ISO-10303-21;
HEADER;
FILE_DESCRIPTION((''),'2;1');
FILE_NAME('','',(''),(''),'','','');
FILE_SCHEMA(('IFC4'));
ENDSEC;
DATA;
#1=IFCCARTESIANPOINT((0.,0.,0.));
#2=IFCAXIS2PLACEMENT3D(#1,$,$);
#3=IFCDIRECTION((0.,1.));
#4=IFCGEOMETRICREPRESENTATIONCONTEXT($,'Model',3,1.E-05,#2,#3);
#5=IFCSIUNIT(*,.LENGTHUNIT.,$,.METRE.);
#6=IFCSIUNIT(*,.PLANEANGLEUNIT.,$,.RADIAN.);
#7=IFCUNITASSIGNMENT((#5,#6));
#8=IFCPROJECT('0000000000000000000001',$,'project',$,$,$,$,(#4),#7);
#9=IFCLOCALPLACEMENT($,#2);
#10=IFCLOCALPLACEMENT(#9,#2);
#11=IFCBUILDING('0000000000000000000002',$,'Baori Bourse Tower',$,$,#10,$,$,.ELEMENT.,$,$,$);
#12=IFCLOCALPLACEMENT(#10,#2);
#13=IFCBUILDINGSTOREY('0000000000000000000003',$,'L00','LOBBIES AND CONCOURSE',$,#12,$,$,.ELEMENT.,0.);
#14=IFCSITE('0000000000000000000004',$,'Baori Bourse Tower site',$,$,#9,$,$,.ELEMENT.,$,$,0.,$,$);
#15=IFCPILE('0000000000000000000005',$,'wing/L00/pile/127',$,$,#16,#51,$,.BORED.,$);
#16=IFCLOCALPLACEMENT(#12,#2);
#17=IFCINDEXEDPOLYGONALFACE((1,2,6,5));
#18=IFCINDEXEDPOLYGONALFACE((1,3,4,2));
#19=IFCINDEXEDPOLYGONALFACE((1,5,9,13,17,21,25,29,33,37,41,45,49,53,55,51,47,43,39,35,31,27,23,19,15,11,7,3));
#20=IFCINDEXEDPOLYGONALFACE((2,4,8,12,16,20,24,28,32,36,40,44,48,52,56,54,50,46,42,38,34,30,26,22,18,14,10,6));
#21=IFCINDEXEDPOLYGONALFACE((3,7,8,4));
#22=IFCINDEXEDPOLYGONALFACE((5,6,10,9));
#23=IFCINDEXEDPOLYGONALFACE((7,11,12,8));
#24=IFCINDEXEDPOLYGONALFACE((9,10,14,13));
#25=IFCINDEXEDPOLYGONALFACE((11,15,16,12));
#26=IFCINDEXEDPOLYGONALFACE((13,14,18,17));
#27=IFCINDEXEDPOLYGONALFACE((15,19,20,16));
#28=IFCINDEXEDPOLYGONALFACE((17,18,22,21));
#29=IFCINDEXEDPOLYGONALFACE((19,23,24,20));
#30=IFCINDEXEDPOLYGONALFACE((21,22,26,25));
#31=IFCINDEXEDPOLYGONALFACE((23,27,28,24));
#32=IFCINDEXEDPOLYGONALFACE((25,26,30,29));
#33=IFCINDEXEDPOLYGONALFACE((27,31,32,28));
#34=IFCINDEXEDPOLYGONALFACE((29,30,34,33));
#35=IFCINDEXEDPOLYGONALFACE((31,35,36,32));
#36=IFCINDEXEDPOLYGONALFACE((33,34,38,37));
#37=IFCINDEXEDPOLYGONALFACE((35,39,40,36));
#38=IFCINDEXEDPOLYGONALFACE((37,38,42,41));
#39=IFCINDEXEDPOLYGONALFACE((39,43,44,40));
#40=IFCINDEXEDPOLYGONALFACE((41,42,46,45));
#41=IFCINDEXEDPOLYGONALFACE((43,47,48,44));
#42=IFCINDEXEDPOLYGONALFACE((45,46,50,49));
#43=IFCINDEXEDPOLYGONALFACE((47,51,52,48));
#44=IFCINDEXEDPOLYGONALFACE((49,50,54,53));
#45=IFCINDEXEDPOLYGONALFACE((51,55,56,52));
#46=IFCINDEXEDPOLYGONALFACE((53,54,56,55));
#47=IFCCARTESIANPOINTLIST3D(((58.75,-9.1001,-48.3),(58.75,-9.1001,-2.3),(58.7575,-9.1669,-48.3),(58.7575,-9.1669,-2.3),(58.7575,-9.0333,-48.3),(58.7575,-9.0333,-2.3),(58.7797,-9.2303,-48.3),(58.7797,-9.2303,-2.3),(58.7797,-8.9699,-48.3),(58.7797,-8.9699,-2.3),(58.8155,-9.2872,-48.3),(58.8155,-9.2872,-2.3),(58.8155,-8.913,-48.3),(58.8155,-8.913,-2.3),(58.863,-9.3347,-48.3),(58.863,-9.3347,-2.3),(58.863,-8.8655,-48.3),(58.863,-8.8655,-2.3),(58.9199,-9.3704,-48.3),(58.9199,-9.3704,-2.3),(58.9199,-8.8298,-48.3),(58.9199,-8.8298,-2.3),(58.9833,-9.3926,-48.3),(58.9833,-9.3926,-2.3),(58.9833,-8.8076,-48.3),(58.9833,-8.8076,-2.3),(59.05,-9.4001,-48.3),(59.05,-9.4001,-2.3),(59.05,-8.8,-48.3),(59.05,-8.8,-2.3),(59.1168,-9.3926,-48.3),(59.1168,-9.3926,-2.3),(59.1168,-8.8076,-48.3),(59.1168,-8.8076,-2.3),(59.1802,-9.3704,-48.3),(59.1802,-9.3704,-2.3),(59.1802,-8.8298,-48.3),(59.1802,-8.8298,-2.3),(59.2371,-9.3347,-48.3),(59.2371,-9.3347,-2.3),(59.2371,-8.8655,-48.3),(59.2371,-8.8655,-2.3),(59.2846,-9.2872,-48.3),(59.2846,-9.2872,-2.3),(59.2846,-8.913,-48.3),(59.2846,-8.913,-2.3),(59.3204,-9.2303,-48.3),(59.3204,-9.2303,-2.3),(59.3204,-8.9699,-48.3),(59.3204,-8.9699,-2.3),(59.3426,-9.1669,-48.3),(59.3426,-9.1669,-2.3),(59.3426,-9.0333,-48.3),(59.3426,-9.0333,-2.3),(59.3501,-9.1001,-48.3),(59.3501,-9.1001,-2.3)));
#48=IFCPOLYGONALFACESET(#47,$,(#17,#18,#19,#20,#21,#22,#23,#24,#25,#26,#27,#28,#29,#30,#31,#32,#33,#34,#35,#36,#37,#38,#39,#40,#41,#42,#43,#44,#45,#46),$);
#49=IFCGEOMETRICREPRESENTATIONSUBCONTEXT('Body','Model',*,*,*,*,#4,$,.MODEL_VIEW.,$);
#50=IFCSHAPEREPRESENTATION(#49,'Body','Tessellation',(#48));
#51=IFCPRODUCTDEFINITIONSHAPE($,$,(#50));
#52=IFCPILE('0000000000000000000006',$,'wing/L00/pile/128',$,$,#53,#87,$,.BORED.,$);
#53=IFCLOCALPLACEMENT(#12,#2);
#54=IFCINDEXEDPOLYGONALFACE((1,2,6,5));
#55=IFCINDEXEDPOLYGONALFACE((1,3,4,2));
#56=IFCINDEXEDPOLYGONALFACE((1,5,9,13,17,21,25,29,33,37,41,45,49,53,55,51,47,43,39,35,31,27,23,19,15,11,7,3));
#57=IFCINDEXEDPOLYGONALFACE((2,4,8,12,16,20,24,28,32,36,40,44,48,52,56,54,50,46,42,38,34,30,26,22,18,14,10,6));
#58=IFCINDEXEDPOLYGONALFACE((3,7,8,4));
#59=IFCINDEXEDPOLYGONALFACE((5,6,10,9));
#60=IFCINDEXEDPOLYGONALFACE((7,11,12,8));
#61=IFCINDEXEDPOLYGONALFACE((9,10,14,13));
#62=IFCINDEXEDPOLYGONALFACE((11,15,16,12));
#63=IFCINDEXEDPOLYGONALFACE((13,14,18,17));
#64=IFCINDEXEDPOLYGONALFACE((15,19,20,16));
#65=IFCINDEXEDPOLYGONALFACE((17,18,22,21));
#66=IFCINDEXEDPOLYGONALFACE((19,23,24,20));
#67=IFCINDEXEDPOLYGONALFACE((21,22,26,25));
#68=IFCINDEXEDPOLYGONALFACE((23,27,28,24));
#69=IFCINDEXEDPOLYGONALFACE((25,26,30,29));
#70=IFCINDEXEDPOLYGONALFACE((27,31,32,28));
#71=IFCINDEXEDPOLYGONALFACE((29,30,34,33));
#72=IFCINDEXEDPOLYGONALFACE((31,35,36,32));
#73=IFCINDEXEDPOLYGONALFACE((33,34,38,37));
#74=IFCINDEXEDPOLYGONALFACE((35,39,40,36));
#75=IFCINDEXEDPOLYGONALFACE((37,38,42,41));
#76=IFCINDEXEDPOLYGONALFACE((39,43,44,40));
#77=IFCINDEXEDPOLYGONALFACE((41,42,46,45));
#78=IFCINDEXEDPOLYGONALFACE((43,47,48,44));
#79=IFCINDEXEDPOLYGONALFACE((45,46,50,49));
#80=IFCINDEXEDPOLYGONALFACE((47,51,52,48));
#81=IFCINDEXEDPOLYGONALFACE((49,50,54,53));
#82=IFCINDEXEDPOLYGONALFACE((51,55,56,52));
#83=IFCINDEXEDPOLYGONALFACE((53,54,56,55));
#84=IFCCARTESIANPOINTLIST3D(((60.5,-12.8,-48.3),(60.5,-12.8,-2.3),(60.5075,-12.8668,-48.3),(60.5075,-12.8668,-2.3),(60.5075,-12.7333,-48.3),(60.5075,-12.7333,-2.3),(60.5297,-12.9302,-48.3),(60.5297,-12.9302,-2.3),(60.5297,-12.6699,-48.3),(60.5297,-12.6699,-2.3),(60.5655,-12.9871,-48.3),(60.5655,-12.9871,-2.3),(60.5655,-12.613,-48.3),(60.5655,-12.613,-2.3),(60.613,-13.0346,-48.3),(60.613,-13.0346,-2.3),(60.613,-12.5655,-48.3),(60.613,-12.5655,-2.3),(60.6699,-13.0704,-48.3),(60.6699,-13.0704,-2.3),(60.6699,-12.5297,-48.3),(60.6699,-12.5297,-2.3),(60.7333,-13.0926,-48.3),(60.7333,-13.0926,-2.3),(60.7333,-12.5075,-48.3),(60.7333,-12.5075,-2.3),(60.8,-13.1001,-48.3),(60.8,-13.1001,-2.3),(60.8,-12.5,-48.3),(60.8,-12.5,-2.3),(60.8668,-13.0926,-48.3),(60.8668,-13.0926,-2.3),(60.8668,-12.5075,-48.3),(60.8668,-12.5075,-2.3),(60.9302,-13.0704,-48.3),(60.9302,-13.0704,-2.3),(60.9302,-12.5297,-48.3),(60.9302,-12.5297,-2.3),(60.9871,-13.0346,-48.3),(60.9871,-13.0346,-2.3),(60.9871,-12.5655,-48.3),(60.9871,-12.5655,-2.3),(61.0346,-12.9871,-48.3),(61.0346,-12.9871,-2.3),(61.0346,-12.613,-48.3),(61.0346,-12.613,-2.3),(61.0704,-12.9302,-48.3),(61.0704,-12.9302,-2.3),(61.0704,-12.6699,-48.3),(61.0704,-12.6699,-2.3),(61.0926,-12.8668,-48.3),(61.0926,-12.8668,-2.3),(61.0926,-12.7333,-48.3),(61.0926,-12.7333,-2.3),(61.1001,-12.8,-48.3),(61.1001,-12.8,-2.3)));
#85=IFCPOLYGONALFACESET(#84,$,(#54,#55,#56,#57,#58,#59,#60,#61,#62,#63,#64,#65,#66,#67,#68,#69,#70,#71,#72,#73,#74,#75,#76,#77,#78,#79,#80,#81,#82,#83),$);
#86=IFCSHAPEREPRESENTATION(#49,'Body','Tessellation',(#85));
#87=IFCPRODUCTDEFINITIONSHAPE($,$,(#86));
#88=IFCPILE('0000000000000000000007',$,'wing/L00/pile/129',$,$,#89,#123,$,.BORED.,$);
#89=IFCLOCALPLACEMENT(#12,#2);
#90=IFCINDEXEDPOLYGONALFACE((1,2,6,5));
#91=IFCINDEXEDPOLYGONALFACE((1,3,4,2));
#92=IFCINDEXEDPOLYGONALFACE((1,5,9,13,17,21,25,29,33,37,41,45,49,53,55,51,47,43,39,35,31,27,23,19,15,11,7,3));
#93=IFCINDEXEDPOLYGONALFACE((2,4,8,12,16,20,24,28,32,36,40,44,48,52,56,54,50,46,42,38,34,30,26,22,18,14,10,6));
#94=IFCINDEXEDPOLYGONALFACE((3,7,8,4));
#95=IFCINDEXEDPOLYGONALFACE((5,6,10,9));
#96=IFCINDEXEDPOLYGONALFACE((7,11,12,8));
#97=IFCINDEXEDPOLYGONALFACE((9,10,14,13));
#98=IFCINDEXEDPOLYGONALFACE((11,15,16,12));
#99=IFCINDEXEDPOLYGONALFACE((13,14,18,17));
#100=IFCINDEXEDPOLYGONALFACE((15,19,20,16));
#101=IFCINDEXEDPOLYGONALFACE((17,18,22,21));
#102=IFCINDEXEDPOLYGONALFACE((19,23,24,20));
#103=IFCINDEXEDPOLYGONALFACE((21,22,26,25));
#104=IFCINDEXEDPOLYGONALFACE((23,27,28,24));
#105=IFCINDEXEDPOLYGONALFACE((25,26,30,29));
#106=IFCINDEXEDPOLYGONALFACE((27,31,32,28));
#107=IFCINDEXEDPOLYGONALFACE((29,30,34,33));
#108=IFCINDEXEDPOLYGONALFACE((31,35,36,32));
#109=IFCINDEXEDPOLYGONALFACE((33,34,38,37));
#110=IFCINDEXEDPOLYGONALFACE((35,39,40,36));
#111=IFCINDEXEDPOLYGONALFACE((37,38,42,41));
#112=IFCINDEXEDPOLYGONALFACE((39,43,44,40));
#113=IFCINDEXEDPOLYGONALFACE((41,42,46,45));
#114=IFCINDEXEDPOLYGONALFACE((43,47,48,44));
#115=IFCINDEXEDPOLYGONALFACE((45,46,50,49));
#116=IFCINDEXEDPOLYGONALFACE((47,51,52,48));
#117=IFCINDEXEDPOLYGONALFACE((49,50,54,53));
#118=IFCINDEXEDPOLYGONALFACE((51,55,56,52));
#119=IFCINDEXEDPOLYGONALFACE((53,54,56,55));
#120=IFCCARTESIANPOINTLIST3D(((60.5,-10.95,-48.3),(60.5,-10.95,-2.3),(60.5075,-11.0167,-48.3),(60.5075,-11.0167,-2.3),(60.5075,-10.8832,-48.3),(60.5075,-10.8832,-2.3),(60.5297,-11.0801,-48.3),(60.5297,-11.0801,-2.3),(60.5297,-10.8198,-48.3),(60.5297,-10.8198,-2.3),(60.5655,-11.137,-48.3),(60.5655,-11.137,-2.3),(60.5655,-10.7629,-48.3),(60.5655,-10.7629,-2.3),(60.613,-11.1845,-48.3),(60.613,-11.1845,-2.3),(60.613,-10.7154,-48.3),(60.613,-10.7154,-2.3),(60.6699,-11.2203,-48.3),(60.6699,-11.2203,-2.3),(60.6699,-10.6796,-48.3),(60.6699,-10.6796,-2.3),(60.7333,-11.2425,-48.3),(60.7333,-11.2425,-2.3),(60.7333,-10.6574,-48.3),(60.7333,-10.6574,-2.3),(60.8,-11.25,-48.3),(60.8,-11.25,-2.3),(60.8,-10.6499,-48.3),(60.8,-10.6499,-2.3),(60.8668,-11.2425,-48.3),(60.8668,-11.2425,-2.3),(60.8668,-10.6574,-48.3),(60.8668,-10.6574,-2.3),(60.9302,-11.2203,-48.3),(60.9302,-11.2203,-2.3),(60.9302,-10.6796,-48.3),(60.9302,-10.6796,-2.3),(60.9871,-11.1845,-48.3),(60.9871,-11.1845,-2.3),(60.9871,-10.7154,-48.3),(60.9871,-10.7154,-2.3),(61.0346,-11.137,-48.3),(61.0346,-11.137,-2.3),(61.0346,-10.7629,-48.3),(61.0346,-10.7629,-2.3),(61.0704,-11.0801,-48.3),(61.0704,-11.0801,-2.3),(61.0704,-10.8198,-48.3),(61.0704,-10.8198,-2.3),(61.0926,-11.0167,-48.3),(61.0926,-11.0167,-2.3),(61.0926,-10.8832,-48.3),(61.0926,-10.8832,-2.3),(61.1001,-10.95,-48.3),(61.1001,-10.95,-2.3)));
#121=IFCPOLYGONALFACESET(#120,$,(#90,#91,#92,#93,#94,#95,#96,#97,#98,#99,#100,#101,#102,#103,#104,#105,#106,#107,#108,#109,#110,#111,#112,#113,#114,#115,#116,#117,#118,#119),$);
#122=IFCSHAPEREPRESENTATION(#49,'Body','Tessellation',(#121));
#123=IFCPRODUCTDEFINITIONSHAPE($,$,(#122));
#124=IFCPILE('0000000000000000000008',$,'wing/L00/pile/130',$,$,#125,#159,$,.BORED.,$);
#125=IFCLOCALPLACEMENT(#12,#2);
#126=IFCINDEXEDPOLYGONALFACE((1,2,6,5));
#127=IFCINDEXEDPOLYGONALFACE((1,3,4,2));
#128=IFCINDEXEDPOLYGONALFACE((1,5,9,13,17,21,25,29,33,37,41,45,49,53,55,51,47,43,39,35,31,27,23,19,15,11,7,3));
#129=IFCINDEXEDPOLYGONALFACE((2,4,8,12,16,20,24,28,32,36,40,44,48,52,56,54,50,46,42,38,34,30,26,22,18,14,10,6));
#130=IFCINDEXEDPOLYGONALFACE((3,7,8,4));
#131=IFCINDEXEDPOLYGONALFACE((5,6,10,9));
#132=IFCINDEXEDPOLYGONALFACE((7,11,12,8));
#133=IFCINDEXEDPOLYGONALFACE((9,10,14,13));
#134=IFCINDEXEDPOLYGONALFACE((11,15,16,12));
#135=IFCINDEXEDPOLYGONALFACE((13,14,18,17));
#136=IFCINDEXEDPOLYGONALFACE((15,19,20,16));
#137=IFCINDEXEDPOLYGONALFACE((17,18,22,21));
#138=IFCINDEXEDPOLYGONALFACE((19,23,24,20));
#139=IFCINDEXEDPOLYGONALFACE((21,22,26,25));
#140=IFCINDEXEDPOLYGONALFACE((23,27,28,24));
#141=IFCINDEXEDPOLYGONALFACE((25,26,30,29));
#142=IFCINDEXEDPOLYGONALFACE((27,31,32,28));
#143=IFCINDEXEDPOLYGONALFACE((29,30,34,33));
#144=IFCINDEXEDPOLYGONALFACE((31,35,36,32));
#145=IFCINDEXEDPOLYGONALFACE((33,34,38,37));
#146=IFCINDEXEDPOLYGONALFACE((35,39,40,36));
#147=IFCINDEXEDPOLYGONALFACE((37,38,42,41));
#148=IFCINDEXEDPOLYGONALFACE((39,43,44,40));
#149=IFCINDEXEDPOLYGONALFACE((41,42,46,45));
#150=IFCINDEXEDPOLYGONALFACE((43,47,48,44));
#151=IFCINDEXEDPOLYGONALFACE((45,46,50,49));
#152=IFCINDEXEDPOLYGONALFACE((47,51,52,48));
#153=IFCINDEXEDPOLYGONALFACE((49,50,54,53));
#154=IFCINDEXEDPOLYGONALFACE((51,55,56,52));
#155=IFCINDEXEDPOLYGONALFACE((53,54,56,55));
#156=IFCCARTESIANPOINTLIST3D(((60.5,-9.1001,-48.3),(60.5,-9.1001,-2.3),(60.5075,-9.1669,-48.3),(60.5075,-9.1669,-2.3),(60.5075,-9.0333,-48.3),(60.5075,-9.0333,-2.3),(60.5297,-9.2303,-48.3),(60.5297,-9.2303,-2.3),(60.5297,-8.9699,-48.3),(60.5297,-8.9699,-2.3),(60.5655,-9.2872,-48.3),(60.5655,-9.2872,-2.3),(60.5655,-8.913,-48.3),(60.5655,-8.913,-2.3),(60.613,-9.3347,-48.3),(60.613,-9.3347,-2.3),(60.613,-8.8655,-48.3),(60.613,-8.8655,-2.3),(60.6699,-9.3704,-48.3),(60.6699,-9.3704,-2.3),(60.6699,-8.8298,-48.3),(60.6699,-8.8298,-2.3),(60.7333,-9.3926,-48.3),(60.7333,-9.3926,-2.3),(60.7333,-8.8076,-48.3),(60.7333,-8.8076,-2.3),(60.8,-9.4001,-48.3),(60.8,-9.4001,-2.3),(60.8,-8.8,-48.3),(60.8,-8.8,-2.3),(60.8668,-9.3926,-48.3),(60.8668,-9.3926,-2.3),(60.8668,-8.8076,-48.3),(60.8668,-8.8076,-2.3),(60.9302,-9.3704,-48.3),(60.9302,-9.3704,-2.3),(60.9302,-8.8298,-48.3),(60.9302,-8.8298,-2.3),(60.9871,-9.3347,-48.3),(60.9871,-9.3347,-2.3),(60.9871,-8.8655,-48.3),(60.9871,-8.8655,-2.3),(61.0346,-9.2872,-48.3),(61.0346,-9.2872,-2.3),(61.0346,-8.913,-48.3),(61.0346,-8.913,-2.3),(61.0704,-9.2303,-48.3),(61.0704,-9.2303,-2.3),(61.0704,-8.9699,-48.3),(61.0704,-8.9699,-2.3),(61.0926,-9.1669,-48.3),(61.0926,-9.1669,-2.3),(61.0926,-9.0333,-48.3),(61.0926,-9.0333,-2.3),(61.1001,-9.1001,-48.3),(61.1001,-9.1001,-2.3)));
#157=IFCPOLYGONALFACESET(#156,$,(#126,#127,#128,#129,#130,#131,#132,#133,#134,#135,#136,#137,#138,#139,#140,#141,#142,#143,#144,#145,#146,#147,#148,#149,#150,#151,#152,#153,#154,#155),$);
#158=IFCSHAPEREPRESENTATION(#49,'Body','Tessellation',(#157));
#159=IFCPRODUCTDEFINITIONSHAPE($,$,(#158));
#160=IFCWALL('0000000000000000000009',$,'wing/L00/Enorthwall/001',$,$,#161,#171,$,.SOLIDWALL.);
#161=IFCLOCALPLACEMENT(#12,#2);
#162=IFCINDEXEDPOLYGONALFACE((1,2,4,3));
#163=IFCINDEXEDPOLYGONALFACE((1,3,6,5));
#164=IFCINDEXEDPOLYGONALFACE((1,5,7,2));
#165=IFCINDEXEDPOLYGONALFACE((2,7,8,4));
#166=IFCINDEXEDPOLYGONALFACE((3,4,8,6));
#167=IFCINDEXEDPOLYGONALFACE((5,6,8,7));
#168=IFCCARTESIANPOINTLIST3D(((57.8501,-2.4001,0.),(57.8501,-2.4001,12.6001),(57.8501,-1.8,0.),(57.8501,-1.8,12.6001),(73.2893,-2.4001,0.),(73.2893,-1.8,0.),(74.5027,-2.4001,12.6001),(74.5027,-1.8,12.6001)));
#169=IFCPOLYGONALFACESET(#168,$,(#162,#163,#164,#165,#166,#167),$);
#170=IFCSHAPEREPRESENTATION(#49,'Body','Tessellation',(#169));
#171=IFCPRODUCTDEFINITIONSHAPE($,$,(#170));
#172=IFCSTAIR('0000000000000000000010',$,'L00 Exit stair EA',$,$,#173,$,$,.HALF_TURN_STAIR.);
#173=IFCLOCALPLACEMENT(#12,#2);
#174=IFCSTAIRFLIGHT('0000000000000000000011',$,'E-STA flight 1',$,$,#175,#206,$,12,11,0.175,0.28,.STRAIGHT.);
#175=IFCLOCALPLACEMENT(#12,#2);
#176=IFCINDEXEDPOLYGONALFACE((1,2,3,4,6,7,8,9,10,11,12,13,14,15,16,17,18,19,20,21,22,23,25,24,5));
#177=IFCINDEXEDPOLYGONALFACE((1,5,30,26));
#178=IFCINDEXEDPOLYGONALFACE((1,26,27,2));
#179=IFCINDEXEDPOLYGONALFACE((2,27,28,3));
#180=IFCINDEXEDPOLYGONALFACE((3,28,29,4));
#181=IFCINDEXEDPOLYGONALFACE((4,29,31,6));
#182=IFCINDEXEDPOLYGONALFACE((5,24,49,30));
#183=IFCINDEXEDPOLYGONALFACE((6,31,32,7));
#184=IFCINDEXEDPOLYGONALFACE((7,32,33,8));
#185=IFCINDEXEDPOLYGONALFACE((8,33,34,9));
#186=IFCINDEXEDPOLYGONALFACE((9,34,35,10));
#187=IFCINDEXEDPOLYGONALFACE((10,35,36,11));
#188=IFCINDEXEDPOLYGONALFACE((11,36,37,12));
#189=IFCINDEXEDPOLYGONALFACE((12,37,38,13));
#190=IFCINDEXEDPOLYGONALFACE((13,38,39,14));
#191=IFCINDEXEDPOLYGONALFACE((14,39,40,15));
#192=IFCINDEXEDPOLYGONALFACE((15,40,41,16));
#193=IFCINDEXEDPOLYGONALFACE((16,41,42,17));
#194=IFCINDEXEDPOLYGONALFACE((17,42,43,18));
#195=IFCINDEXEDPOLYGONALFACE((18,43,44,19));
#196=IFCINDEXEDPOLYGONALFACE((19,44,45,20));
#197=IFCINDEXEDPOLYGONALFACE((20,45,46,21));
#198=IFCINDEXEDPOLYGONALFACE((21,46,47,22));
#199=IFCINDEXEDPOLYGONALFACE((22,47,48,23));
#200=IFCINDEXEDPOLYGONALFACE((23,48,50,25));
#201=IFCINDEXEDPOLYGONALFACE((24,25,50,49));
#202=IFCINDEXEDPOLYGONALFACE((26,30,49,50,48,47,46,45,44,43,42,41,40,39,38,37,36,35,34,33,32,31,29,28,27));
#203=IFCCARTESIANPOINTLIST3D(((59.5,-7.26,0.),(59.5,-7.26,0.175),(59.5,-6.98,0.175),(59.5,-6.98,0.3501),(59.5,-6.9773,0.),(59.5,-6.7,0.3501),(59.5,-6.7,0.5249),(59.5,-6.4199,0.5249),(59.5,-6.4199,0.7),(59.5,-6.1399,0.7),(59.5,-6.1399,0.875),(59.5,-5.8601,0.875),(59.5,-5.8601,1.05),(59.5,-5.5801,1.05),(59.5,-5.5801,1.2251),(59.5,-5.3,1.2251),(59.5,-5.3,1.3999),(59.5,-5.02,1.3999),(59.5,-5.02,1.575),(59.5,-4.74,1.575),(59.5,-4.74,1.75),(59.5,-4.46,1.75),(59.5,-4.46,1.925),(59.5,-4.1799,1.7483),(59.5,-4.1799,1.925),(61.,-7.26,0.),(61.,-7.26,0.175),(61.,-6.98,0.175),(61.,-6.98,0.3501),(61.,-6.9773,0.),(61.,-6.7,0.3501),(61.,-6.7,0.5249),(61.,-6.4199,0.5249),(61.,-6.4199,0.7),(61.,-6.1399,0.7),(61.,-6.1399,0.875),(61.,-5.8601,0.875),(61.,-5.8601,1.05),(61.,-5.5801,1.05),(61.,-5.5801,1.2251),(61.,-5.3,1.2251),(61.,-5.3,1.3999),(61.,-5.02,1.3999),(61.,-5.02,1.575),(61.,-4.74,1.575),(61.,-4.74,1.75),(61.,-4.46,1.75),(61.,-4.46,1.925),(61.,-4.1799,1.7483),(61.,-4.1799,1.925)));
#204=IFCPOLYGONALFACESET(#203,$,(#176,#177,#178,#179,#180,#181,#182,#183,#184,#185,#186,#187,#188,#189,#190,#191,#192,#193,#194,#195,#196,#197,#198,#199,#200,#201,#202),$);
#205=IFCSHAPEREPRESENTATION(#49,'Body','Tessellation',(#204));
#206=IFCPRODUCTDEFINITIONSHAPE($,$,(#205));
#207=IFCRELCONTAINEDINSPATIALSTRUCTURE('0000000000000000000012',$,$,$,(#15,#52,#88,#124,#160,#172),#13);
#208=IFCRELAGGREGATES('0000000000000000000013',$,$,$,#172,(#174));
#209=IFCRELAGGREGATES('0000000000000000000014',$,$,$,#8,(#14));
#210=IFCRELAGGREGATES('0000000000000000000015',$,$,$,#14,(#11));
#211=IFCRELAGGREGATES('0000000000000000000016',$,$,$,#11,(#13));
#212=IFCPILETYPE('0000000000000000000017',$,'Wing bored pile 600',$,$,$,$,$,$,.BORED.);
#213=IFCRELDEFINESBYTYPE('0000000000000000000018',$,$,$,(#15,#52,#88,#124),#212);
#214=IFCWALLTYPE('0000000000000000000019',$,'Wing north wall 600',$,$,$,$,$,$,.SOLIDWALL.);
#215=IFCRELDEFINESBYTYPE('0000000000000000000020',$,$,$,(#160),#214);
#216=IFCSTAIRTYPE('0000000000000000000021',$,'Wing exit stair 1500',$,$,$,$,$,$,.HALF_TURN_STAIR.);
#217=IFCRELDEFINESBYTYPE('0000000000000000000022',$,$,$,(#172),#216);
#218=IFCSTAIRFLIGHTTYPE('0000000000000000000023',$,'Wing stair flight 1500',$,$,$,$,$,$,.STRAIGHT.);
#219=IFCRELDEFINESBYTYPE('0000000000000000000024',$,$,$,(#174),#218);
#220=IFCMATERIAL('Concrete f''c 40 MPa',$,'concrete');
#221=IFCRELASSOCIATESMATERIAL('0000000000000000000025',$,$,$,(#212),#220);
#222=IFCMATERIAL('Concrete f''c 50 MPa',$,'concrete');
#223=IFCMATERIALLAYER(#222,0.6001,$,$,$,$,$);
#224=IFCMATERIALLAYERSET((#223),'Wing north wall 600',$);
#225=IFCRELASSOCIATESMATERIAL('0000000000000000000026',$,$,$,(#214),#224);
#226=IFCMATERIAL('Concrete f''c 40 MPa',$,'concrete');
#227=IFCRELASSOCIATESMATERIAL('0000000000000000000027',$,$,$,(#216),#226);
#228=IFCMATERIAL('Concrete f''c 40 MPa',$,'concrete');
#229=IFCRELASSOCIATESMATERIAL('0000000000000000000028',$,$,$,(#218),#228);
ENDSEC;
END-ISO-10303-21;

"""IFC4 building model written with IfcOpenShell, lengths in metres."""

from ifc_helpers import new_model, si_unit, direction, frame, origin, origin_2d, place, context, subcontext, project, spatial, polyline, circle, outline, extrude, material, layer, layer_set, material_profile, profile_set, type_object, element, aggregate, save


model = new_model("IFC4")

# Units and contexts
model_context = context("Model", 3, precision=1e-05, world=origin(), true_north=direction((0.0, 1.0)))
body_context = subcontext(model_context, "Body", "Model", "MODEL_VIEW")
ifc_project = project(units=[si_unit("LENGTHUNIT", "METRE"), si_unit("PLANEANGLEUNIT", "RADIAN")], contexts=[model_context])

# Site, building, storey
site_placement = place(None, origin())
site = spatial("IfcSite", under=ifc_project, at=site_placement, Name="Baori Bourse Tower site", CompositionType="ELEMENT", RefElevation=0.0)
building_placement = place(site_placement, origin())
building = spatial("IfcBuilding", under=site, at=building_placement, Name="Baori Bourse Tower", CompositionType="ELEMENT")
storey_placement = place(building_placement, origin())
storey = spatial("IfcBuildingStorey", under=building, at=storey_placement, Name="L00", Description="LOBBIES AND CONCOURSE", CompositionType="ELEMENT", Elevation=0.0)

# Piles
ifc_material_1 = material(Name="Concrete f'c 40 MPa", Category="concrete")
ifc_material_profile = material_profile(ifc_material_1, circle(Radius=0.3, at=origin_2d()), Name="Wing bored pile 600")
ifc_profile_set = profile_set([ifc_material_profile], Name="Concrete f'c 40 MPa")
pile_type = type_object("IfcPileType", Name="Wing bored pile 600", PredefinedType="BORED", material=ifc_profile_set)
for number, where, z_axis, x_axis, name in (
    (1, (59.05, -9.1001, -2.3), (0.0, 0.0, -1.0), (1.0, 0.0, 0.0), "wing/L00/pile/127"),
    (2, (60.8, -12.8, -2.3), (0.0, 0.0, -1.0), (1.0, 0.0, 0.0), "wing/L00/pile/128"),
    (3, (60.8, -10.95, -2.3), (0.0, 0.0, -1.0), (1.0, 0.0, 0.0), "wing/L00/pile/129"),
    (4, (60.8, -9.1001, -2.3), (0.0, 0.0, -1.0), (1.0, 0.0, 0.0), "wing/L00/pile/130"),
):
    element("IfcPile", number, at=place(storey_placement, frame(where, z_axis=z_axis, x_axis=x_axis)), inside=storey, type_object=pile_type, Name=name, PredefinedType="BORED", context=body_context, shape_type="SweptSolid", body=[
        extrude(circle(Radius=0.3, at=origin_2d()), origin(), (0.0, 0.0, 1.0), 46.0),
    ])

# Wall
ifc_material_2 = material(Name="Concrete f'c 50 MPa", Category="concrete")
ifc_layer = layer(ifc_material_2, 0.6001)
ifc_layer_set = layer_set([ifc_layer], Name="Wing north wall 600")
wall_type = type_object("IfcWallType", Name="Wing north wall 600", PredefinedType="SOLIDWALL", material=ifc_layer_set)
wall_placement = place(storey_placement, frame((57.8501, -2.1001, 0.0), z_axis=(0.0, 0.0, 1.0), x_axis=(1.0, 0.0, 0.0)))
element("IfcWall", 5, at=wall_placement, inside=storey, type_object=wall_type, Name="wing/L00/Enorthwall/001", PredefinedType="SOLIDWALL", context=body_context, shape_type="SweptSolid", body=[
    extrude(outline(polyline([(0.0, 0.0), (15.4392, 0.0), (16.6526, 12.6001), (0.0, 12.6001), (0.0, 0.0)])), frame((0.0, 0.3, 0.0), z_axis=(0.0, -1.0, 0.0), x_axis=(1.0, 0.0, 0.0)), (0.0, 0.0, 1.0), 0.6001),
])

# Stair, stair flight
ifc_material_3 = material(Name="Concrete f'c 40 MPa", Category="concrete")
stair_type = type_object("IfcStairType", Name="Wing exit stair 1500", PredefinedType="HALF_TURN_STAIR", material=ifc_material_3)
stair_placement = place(storey_placement, origin())
stair = element("IfcStair", 6, at=stair_placement, inside=storey, type_object=stair_type, Name="L00 Exit stair EA", PredefinedType="HALF_TURN_STAIR")
ifc_material_4 = material(Name="Concrete f'c 40 MPa", Category="concrete")
stair_flight_type = type_object("IfcStairFlightType", Name="Wing stair flight 1500", PredefinedType="STRAIGHT", material=ifc_material_4)
stair_flight_1_placement = place(storey_placement, frame((60.25, -7.26, 0.0), z_axis=(0.0, 0.0, 1.0), x_axis=(0.0, 1.0, 0.0)))
stair_flight_1 = element("IfcStairFlight", 7, at=stair_flight_1_placement, type_object=stair_flight_type, Name="E-STA flight 1", NumberOfRisers=12, NumberOfTreads=11, PredefinedType="STRAIGHT", RiserHeight=0.175, TreadLength=0.28, context=body_context, shape_type="SweptSolid", body=[
    extrude(outline(polyline([(0.0, 0.0), (0.0, 0.175), (0.28, 0.175), (0.28, 0.3501), (0.5601, 0.3501), (0.5601, 0.5249), (0.8401, 0.5249), (0.8401, 0.7), (1.1201, 0.7), (1.1201, 0.875), (1.3999, 0.875), (1.3999, 1.05), (1.6799, 1.05), (1.6799, 1.2251), (1.96, 1.2251), (1.96, 1.3999), (2.24, 1.3999), (2.24, 1.575), (2.52, 1.575), (2.52, 1.75), (2.8, 1.75), (2.8, 1.925), (3.0801, 1.925), (3.0801, 2.1001), (3.0801, 1.7483), (0.2827, 0.0), (0.0, 0.0)])), frame((0.0, 0.75, 0.0), z_axis=(0.0, -1.0, 0.0), x_axis=(1.0, 0.0, 0.0)), (0.0, 0.0, 1.0), 1.5),
])
aggregate(stair, [stair_flight_1])

save(model, "model.ifc")
